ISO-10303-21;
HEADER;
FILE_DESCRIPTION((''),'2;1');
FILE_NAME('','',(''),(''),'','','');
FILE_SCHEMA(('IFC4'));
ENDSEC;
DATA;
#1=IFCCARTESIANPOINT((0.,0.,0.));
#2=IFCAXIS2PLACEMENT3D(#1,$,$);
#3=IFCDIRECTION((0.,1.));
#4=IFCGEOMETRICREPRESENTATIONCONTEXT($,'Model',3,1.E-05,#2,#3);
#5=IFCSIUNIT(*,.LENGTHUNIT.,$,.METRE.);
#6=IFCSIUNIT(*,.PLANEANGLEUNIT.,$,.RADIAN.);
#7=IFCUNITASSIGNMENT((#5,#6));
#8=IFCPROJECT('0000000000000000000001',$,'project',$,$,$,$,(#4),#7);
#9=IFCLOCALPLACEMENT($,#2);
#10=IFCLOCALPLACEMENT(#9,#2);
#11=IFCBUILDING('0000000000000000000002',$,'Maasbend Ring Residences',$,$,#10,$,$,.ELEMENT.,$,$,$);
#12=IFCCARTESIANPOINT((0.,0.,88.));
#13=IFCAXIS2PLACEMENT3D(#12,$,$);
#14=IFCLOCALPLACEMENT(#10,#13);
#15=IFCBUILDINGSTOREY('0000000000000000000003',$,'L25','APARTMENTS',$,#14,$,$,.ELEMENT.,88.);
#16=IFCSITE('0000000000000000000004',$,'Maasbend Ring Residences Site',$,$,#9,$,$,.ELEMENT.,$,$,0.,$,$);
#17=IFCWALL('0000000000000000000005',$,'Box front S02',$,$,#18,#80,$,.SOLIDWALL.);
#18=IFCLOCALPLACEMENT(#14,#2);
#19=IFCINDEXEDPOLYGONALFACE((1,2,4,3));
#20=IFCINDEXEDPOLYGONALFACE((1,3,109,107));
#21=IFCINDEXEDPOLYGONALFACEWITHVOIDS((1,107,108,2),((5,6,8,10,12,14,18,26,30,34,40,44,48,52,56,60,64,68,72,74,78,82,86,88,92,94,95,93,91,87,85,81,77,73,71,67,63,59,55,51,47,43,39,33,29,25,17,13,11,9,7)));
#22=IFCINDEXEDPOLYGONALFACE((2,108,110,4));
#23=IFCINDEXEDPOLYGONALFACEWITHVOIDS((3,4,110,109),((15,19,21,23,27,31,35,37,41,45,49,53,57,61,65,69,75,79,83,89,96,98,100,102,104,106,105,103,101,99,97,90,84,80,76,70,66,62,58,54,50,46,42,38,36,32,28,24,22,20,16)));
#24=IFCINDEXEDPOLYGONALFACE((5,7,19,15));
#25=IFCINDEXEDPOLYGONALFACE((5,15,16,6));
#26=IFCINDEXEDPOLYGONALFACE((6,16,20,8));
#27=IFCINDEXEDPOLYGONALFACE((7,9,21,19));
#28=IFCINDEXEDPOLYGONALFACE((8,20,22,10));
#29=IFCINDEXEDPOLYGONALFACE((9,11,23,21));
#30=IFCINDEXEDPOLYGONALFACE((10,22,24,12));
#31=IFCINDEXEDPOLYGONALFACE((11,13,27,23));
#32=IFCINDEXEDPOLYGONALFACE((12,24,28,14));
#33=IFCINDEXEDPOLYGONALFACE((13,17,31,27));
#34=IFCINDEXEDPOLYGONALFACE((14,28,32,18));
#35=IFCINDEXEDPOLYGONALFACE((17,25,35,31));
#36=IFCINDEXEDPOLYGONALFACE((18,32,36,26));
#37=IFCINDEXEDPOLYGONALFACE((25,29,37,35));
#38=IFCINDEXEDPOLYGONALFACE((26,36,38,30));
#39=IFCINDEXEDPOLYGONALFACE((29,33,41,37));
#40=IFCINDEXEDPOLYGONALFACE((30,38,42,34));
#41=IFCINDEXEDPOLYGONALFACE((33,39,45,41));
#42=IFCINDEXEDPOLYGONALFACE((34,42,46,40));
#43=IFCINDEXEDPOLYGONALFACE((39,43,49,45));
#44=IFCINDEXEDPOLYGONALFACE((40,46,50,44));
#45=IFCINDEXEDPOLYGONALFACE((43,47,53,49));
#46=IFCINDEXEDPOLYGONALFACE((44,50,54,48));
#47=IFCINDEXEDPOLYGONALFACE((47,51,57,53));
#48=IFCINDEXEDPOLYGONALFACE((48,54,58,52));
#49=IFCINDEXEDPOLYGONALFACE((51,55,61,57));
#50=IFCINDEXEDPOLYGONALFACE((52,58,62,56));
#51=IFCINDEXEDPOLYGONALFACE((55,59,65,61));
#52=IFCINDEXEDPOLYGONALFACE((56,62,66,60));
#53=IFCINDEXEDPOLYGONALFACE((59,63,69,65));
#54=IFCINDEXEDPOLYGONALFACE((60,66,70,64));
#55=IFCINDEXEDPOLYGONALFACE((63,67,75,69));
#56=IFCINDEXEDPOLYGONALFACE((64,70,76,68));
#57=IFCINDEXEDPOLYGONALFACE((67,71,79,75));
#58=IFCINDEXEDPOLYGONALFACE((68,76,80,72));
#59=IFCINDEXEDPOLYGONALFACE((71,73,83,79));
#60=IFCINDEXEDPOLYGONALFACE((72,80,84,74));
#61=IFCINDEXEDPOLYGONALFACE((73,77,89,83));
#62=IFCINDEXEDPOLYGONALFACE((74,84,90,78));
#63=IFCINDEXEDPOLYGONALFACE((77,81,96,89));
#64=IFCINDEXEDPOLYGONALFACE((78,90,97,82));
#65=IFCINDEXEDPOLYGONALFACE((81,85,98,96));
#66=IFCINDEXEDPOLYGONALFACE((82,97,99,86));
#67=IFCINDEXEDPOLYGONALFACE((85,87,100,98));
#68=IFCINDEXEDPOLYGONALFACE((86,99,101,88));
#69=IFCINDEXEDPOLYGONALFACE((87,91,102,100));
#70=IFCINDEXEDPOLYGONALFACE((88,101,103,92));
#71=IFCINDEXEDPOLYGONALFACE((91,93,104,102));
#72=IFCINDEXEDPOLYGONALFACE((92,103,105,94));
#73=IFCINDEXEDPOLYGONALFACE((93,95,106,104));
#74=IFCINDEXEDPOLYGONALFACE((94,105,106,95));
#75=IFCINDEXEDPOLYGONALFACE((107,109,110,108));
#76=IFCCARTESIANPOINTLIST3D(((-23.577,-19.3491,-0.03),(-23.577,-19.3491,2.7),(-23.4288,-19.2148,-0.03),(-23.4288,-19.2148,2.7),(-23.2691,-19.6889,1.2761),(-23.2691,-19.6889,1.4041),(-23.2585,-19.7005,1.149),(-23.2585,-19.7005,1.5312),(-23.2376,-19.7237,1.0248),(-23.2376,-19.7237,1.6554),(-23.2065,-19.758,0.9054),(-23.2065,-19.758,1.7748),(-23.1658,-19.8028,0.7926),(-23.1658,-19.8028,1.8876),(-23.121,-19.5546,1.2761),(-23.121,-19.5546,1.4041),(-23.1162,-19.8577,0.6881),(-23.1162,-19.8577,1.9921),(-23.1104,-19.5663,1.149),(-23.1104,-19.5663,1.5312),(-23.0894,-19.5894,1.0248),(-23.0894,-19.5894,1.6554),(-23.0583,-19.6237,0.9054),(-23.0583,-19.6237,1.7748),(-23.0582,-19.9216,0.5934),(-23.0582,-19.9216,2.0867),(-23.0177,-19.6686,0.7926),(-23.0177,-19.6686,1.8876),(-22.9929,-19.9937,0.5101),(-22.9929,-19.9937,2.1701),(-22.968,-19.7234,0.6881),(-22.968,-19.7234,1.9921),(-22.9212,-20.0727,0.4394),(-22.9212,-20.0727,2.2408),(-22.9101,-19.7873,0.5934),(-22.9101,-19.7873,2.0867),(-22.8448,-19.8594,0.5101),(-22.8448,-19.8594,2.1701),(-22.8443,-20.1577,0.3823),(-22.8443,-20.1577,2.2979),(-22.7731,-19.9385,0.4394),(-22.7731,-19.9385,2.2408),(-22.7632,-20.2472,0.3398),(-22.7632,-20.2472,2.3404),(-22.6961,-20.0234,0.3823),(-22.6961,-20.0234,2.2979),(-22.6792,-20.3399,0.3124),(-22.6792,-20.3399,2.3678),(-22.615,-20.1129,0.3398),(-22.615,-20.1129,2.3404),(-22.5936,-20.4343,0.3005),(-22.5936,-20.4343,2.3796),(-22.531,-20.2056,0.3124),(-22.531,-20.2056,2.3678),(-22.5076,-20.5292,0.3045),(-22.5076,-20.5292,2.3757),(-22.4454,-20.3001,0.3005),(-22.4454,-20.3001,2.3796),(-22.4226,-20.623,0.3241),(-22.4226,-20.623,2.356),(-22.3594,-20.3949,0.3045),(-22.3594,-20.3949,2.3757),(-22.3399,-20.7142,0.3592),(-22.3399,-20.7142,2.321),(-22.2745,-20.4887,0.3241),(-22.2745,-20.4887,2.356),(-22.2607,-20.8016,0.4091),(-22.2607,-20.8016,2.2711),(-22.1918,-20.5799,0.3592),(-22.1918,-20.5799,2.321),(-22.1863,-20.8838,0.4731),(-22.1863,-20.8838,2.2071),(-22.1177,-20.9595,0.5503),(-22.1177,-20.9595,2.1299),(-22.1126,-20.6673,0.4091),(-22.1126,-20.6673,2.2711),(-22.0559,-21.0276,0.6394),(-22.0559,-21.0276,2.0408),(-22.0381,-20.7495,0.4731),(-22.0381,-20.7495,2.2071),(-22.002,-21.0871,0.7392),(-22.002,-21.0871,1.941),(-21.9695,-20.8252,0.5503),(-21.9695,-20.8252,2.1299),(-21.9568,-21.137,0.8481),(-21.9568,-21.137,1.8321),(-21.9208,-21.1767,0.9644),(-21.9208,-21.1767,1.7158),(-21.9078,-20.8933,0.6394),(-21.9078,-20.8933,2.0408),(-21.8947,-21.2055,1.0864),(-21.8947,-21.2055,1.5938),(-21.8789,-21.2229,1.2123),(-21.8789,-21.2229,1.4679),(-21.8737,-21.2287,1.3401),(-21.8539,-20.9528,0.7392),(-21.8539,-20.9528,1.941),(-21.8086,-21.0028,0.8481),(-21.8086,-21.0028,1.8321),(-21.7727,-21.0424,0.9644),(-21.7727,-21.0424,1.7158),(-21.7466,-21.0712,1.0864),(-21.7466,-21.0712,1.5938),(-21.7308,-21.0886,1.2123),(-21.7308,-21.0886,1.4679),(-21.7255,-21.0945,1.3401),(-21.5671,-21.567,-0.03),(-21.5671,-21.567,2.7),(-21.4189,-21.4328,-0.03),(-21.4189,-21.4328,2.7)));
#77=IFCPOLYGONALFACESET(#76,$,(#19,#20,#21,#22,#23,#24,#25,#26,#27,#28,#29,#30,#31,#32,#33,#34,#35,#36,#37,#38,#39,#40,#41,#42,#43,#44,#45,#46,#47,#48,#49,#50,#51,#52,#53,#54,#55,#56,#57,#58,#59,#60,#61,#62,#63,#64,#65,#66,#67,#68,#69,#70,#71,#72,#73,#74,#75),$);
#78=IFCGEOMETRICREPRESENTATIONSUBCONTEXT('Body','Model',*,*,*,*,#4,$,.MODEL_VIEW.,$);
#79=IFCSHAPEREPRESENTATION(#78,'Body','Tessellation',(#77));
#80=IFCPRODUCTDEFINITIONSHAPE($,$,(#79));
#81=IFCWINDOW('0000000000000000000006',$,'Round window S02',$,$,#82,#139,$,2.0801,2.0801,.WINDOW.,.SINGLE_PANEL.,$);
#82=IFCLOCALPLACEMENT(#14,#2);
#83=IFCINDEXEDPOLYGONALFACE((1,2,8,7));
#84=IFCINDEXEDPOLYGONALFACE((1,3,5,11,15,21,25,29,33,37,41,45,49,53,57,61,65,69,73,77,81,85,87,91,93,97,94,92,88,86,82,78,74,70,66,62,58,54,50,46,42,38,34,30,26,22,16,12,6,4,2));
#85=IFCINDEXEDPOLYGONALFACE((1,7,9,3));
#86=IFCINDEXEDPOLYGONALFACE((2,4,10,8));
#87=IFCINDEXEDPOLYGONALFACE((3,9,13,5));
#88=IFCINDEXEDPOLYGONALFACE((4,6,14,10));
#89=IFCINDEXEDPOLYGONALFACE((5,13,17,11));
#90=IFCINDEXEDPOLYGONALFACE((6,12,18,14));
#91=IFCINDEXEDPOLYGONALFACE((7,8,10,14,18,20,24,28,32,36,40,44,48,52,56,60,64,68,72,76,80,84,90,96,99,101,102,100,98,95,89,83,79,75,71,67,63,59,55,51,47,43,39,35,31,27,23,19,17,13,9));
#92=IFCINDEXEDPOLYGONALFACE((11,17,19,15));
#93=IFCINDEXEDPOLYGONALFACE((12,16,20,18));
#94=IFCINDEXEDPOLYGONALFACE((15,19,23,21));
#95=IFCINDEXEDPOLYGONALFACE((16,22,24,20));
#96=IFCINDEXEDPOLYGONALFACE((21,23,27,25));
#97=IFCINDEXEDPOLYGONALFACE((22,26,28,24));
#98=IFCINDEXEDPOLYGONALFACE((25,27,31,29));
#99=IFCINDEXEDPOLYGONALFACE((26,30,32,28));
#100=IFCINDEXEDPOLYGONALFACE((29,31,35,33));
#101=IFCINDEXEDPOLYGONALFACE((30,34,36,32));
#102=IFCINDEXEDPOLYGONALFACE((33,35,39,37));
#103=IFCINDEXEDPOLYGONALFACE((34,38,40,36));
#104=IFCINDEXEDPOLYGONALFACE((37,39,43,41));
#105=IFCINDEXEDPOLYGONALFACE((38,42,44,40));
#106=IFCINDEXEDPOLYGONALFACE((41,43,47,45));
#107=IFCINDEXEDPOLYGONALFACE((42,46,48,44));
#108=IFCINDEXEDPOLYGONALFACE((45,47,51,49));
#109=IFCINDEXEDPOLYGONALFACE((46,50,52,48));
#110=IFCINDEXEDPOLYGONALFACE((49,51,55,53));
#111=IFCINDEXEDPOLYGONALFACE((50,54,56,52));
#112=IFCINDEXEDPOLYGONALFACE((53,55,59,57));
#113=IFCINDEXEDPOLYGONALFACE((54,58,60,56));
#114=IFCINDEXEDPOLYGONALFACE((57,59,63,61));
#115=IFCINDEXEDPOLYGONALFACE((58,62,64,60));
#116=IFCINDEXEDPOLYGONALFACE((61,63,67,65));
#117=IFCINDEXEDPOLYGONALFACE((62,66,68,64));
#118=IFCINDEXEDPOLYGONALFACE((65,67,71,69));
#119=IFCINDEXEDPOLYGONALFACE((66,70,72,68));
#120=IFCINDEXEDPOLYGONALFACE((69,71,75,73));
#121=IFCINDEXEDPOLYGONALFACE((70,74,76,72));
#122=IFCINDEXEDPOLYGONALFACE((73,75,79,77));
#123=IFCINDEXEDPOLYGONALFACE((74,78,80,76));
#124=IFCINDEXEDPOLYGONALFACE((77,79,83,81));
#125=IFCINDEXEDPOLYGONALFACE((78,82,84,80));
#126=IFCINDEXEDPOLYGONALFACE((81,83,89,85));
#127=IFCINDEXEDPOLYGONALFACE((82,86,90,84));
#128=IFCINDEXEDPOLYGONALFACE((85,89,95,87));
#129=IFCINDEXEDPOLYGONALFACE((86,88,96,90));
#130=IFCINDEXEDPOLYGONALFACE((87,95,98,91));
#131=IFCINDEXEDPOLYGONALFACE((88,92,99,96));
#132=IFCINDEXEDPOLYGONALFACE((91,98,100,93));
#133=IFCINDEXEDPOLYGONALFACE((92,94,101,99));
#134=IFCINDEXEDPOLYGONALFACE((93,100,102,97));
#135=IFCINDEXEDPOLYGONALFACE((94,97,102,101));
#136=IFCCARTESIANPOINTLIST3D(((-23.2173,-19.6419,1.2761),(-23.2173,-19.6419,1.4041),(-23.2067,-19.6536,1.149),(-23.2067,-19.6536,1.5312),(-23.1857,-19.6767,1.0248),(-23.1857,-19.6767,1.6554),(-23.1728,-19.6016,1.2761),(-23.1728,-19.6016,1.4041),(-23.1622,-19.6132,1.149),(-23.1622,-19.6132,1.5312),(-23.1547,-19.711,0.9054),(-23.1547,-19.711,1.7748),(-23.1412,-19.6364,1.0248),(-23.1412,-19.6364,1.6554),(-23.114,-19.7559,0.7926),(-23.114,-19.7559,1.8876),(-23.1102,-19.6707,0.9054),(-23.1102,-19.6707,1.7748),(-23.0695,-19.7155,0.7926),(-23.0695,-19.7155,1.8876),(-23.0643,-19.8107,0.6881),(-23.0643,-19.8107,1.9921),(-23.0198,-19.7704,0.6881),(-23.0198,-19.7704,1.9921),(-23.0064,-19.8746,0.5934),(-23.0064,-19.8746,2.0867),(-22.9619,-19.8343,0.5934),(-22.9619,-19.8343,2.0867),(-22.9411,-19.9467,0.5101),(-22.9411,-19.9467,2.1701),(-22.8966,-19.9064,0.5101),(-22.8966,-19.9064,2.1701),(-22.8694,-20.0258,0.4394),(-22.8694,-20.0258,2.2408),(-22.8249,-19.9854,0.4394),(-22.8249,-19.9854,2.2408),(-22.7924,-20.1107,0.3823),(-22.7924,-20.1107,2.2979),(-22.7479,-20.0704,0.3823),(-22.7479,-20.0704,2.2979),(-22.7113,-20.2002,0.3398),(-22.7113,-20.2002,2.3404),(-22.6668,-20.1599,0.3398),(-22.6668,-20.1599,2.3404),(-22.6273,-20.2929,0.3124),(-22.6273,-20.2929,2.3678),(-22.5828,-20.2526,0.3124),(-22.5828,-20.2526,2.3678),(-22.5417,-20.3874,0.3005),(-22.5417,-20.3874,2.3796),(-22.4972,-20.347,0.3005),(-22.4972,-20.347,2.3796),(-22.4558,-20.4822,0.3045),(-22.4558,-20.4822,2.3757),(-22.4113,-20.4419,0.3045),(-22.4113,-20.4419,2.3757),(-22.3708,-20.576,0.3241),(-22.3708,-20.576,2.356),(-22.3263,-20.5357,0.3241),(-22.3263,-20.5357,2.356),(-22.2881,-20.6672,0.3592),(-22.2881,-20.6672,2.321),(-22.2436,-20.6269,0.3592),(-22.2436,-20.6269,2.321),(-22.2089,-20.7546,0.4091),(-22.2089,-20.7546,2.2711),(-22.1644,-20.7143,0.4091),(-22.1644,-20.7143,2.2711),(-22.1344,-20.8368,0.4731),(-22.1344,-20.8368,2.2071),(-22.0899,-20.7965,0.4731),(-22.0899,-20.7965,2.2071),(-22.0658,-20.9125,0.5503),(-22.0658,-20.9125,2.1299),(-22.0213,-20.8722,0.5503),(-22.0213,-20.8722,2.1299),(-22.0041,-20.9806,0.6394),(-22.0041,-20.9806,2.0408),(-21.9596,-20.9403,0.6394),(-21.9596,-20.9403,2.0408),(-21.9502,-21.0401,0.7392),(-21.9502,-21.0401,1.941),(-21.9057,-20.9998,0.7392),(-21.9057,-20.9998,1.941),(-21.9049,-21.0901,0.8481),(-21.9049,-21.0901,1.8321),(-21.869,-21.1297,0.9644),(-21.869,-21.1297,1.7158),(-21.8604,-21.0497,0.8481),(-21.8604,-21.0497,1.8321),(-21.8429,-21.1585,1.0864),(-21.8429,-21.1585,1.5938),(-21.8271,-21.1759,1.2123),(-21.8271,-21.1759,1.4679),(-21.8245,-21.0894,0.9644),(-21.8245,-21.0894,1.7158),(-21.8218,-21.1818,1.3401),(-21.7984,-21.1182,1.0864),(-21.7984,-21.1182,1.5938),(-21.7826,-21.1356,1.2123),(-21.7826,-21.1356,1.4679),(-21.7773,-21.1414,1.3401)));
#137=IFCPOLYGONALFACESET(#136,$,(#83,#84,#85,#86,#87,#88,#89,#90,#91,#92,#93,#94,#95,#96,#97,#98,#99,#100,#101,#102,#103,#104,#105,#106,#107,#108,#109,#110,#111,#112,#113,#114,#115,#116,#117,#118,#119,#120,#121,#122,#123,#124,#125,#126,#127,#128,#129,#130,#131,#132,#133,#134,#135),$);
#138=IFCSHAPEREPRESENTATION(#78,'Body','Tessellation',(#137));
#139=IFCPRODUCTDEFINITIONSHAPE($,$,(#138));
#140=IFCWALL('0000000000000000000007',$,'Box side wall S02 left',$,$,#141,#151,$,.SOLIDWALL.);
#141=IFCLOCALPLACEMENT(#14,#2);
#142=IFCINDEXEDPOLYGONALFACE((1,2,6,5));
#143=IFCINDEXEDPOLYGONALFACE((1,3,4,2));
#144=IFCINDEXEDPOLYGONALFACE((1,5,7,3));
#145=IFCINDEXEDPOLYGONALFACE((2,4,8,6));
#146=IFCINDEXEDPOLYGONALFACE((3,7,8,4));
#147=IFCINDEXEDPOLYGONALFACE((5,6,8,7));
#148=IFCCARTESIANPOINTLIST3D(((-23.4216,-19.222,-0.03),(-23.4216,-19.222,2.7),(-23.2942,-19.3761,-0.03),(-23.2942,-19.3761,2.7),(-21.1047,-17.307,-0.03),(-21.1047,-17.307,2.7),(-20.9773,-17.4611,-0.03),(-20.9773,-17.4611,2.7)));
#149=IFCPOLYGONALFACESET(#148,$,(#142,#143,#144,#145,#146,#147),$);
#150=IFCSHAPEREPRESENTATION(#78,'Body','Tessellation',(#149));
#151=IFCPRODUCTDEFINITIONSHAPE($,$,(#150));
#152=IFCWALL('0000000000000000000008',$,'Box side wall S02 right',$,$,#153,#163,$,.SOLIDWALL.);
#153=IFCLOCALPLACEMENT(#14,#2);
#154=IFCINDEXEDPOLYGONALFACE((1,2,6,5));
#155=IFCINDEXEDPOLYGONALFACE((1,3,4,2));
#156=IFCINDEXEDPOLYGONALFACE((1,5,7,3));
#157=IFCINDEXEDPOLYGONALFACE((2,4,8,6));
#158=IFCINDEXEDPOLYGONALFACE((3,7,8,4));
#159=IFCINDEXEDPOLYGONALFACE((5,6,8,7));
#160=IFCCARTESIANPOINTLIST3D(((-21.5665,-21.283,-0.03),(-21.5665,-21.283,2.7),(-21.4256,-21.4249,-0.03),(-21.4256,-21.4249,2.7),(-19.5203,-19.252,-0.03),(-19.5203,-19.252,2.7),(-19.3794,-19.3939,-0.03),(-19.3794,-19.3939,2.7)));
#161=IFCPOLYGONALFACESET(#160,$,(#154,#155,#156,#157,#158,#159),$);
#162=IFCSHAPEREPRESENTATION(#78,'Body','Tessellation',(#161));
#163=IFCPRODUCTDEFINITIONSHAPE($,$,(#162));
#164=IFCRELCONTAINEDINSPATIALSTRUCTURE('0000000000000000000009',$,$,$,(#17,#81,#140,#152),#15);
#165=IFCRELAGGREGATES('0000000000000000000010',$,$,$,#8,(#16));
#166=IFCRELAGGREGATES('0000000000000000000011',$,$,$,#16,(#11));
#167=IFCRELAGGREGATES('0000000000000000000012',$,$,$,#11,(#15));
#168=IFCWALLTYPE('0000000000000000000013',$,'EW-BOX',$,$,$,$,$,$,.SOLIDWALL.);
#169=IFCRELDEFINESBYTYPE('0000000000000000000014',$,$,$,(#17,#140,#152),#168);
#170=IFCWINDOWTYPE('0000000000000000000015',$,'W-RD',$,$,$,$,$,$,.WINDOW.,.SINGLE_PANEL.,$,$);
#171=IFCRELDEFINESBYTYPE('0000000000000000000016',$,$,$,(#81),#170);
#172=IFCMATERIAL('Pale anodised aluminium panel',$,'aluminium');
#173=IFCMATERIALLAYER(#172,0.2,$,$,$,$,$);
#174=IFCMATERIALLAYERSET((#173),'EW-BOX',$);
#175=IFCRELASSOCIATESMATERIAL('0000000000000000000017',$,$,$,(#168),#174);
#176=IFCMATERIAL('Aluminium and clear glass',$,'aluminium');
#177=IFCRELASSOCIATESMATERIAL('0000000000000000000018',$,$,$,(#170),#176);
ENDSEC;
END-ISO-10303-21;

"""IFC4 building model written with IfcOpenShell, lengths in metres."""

from ifc_helpers import new_model, si_unit, direction, frame, frame_2d, origin, place, context, subcontext, project, spatial, rectangle, circle, extrude, material, layer, layer_set, type_object, element, fill, save


model = new_model("IFC4")

# Units and contexts
model_context = context("Model", 3, precision=1e-05, world=origin(), true_north=direction((0.0, 1.0)))
body_context = subcontext(model_context, "Body", "Model", "MODEL_VIEW")
ifc_project = project(units=[si_unit("LENGTHUNIT", "METRE"), si_unit("PLANEANGLEUNIT", "RADIAN")], contexts=[model_context])

# Site, building, storey
site_placement = place(None, origin())
site = spatial("IfcSite", under=ifc_project, at=site_placement, Name="Maasbend Ring Residences Site", CompositionType="ELEMENT", RefElevation=0.0)
building_placement = place(site_placement, origin())
building = spatial("IfcBuilding", under=site, at=building_placement, Name="Maasbend Ring Residences", CompositionType="ELEMENT")
storey_placement = place(building_placement, frame((0.0, 0.0, 88.0)))
storey = spatial("IfcBuildingStorey", under=building, at=storey_placement, Name="L25", Description="APARTMENTS", CompositionType="ELEMENT", Elevation=88.0)

# Wall, opening, window
ifc_material_1 = material(Name="Pale anodised aluminium panel", Category="aluminium")
ifc_layer_1 = layer(ifc_material_1, 0.2)
ifc_layer_set_1 = layer_set([ifc_layer_1], Name="EW-BOX")
wall_type_1 = type_object("IfcWallType", Name="EW-BOX", PredefinedType="SOLIDWALL", material=ifc_layer_set_1)
wall_1_placement = place(storey_placement, frame((-23.5029, -19.282, -0.03), z_axis=(0.0, 0.0, 1.0), x_axis=(0.671507, -0.740998, 0.0)))
wall_1 = element("IfcWall", 1, at=wall_1_placement, inside=storey, type_object=wall_type_1, Name="Box front S02", PredefinedType="SOLIDWALL", context=body_context, shape_type="SweptSolid", body=[
    extrude(rectangle(XDim=2.9932, YDim=0.2, at=frame_2d((1.4966, 0.0))), origin(), (0.0, 0.0, 1.0), 2.73),
])
opening_1_placement = place(wall_1_placement, frame((0.4565, 0.0, 0.3301)))
opening_1 = element("IfcOpeningElement", 2, at=opening_1_placement, cuts=wall_1, PredefinedType="OPENING", context=body_context, shape_type="SweptSolid", body=[
    extrude(circle(Radius=1.04, at=frame_2d((1.04, 1.04))), frame((0.0, 0.1099, 0.0), z_axis=(0.0, -1.0, 0.0), x_axis=(1.0, 0.0, 0.0)), (0.0, 0.0, 1.0), 0.22),
])
ifc_material_2 = material(Name="Aluminium and clear glass", Category="aluminium")
window_type_1 = type_object("IfcWindowType", Name="W-RD", PartitioningType="SINGLE_PANEL", PredefinedType="WINDOW", material=ifc_material_2)
window_1_placement = place(opening_1_placement, origin())
window_1 = element("IfcWindow", 3, at=window_1_placement, inside=storey, type_object=window_type_1, Name="Round window S02", OverallHeight=2.0801, OverallWidth=2.0801, PartitioningType="SINGLE_PANEL", PredefinedType="WINDOW", context=body_context, shape_type="SweptSolid", body=[
    extrude(circle(Radius=1.04, at=frame_2d((1.04, 1.04))), frame((0.0, 0.03, 0.0), z_axis=(0.0, -1.0, 0.0), x_axis=(1.0, 0.0, 0.0)), (0.0, 0.0, 1.0), 0.0601),
])
fill(opening_1, window_1)

# Walls
wall_2_placement = place(storey_placement, frame((-21.041, -17.384, -0.03), z_axis=(0.0, 0.0, 1.0), x_axis=(-0.770785, -0.637096, 0.0)))
element("IfcWall", 4, at=wall_2_placement, inside=storey, type_object=wall_type_1, Name="Box side wall S02 left", PredefinedType="SOLIDWALL", context=body_context, shape_type="SweptSolid", body=[
    extrude(rectangle(XDim=3.0059, YDim=0.2, at=frame_2d((1.5029, 0.0))), origin(), (0.0, 0.0, 1.0), 2.73),
])
wall_3_placement = place(storey_placement, frame((-19.45, -19.323, -0.03), z_axis=(0.0, 0.0, 1.0), x_axis=(-0.709727, -0.704477, 0.0)))
element("IfcWall", 5, at=wall_3_placement, inside=storey, type_object=wall_type_1, Name="Box side wall S02 right", PredefinedType="SOLIDWALL", context=body_context, shape_type="SweptSolid", body=[
    extrude(rectangle(XDim=2.8831, YDim=0.2, at=frame_2d((1.4414, 0.0))), origin(), (0.0, 0.0, 1.0), 2.73),
])

save(model, "model.ifc")
